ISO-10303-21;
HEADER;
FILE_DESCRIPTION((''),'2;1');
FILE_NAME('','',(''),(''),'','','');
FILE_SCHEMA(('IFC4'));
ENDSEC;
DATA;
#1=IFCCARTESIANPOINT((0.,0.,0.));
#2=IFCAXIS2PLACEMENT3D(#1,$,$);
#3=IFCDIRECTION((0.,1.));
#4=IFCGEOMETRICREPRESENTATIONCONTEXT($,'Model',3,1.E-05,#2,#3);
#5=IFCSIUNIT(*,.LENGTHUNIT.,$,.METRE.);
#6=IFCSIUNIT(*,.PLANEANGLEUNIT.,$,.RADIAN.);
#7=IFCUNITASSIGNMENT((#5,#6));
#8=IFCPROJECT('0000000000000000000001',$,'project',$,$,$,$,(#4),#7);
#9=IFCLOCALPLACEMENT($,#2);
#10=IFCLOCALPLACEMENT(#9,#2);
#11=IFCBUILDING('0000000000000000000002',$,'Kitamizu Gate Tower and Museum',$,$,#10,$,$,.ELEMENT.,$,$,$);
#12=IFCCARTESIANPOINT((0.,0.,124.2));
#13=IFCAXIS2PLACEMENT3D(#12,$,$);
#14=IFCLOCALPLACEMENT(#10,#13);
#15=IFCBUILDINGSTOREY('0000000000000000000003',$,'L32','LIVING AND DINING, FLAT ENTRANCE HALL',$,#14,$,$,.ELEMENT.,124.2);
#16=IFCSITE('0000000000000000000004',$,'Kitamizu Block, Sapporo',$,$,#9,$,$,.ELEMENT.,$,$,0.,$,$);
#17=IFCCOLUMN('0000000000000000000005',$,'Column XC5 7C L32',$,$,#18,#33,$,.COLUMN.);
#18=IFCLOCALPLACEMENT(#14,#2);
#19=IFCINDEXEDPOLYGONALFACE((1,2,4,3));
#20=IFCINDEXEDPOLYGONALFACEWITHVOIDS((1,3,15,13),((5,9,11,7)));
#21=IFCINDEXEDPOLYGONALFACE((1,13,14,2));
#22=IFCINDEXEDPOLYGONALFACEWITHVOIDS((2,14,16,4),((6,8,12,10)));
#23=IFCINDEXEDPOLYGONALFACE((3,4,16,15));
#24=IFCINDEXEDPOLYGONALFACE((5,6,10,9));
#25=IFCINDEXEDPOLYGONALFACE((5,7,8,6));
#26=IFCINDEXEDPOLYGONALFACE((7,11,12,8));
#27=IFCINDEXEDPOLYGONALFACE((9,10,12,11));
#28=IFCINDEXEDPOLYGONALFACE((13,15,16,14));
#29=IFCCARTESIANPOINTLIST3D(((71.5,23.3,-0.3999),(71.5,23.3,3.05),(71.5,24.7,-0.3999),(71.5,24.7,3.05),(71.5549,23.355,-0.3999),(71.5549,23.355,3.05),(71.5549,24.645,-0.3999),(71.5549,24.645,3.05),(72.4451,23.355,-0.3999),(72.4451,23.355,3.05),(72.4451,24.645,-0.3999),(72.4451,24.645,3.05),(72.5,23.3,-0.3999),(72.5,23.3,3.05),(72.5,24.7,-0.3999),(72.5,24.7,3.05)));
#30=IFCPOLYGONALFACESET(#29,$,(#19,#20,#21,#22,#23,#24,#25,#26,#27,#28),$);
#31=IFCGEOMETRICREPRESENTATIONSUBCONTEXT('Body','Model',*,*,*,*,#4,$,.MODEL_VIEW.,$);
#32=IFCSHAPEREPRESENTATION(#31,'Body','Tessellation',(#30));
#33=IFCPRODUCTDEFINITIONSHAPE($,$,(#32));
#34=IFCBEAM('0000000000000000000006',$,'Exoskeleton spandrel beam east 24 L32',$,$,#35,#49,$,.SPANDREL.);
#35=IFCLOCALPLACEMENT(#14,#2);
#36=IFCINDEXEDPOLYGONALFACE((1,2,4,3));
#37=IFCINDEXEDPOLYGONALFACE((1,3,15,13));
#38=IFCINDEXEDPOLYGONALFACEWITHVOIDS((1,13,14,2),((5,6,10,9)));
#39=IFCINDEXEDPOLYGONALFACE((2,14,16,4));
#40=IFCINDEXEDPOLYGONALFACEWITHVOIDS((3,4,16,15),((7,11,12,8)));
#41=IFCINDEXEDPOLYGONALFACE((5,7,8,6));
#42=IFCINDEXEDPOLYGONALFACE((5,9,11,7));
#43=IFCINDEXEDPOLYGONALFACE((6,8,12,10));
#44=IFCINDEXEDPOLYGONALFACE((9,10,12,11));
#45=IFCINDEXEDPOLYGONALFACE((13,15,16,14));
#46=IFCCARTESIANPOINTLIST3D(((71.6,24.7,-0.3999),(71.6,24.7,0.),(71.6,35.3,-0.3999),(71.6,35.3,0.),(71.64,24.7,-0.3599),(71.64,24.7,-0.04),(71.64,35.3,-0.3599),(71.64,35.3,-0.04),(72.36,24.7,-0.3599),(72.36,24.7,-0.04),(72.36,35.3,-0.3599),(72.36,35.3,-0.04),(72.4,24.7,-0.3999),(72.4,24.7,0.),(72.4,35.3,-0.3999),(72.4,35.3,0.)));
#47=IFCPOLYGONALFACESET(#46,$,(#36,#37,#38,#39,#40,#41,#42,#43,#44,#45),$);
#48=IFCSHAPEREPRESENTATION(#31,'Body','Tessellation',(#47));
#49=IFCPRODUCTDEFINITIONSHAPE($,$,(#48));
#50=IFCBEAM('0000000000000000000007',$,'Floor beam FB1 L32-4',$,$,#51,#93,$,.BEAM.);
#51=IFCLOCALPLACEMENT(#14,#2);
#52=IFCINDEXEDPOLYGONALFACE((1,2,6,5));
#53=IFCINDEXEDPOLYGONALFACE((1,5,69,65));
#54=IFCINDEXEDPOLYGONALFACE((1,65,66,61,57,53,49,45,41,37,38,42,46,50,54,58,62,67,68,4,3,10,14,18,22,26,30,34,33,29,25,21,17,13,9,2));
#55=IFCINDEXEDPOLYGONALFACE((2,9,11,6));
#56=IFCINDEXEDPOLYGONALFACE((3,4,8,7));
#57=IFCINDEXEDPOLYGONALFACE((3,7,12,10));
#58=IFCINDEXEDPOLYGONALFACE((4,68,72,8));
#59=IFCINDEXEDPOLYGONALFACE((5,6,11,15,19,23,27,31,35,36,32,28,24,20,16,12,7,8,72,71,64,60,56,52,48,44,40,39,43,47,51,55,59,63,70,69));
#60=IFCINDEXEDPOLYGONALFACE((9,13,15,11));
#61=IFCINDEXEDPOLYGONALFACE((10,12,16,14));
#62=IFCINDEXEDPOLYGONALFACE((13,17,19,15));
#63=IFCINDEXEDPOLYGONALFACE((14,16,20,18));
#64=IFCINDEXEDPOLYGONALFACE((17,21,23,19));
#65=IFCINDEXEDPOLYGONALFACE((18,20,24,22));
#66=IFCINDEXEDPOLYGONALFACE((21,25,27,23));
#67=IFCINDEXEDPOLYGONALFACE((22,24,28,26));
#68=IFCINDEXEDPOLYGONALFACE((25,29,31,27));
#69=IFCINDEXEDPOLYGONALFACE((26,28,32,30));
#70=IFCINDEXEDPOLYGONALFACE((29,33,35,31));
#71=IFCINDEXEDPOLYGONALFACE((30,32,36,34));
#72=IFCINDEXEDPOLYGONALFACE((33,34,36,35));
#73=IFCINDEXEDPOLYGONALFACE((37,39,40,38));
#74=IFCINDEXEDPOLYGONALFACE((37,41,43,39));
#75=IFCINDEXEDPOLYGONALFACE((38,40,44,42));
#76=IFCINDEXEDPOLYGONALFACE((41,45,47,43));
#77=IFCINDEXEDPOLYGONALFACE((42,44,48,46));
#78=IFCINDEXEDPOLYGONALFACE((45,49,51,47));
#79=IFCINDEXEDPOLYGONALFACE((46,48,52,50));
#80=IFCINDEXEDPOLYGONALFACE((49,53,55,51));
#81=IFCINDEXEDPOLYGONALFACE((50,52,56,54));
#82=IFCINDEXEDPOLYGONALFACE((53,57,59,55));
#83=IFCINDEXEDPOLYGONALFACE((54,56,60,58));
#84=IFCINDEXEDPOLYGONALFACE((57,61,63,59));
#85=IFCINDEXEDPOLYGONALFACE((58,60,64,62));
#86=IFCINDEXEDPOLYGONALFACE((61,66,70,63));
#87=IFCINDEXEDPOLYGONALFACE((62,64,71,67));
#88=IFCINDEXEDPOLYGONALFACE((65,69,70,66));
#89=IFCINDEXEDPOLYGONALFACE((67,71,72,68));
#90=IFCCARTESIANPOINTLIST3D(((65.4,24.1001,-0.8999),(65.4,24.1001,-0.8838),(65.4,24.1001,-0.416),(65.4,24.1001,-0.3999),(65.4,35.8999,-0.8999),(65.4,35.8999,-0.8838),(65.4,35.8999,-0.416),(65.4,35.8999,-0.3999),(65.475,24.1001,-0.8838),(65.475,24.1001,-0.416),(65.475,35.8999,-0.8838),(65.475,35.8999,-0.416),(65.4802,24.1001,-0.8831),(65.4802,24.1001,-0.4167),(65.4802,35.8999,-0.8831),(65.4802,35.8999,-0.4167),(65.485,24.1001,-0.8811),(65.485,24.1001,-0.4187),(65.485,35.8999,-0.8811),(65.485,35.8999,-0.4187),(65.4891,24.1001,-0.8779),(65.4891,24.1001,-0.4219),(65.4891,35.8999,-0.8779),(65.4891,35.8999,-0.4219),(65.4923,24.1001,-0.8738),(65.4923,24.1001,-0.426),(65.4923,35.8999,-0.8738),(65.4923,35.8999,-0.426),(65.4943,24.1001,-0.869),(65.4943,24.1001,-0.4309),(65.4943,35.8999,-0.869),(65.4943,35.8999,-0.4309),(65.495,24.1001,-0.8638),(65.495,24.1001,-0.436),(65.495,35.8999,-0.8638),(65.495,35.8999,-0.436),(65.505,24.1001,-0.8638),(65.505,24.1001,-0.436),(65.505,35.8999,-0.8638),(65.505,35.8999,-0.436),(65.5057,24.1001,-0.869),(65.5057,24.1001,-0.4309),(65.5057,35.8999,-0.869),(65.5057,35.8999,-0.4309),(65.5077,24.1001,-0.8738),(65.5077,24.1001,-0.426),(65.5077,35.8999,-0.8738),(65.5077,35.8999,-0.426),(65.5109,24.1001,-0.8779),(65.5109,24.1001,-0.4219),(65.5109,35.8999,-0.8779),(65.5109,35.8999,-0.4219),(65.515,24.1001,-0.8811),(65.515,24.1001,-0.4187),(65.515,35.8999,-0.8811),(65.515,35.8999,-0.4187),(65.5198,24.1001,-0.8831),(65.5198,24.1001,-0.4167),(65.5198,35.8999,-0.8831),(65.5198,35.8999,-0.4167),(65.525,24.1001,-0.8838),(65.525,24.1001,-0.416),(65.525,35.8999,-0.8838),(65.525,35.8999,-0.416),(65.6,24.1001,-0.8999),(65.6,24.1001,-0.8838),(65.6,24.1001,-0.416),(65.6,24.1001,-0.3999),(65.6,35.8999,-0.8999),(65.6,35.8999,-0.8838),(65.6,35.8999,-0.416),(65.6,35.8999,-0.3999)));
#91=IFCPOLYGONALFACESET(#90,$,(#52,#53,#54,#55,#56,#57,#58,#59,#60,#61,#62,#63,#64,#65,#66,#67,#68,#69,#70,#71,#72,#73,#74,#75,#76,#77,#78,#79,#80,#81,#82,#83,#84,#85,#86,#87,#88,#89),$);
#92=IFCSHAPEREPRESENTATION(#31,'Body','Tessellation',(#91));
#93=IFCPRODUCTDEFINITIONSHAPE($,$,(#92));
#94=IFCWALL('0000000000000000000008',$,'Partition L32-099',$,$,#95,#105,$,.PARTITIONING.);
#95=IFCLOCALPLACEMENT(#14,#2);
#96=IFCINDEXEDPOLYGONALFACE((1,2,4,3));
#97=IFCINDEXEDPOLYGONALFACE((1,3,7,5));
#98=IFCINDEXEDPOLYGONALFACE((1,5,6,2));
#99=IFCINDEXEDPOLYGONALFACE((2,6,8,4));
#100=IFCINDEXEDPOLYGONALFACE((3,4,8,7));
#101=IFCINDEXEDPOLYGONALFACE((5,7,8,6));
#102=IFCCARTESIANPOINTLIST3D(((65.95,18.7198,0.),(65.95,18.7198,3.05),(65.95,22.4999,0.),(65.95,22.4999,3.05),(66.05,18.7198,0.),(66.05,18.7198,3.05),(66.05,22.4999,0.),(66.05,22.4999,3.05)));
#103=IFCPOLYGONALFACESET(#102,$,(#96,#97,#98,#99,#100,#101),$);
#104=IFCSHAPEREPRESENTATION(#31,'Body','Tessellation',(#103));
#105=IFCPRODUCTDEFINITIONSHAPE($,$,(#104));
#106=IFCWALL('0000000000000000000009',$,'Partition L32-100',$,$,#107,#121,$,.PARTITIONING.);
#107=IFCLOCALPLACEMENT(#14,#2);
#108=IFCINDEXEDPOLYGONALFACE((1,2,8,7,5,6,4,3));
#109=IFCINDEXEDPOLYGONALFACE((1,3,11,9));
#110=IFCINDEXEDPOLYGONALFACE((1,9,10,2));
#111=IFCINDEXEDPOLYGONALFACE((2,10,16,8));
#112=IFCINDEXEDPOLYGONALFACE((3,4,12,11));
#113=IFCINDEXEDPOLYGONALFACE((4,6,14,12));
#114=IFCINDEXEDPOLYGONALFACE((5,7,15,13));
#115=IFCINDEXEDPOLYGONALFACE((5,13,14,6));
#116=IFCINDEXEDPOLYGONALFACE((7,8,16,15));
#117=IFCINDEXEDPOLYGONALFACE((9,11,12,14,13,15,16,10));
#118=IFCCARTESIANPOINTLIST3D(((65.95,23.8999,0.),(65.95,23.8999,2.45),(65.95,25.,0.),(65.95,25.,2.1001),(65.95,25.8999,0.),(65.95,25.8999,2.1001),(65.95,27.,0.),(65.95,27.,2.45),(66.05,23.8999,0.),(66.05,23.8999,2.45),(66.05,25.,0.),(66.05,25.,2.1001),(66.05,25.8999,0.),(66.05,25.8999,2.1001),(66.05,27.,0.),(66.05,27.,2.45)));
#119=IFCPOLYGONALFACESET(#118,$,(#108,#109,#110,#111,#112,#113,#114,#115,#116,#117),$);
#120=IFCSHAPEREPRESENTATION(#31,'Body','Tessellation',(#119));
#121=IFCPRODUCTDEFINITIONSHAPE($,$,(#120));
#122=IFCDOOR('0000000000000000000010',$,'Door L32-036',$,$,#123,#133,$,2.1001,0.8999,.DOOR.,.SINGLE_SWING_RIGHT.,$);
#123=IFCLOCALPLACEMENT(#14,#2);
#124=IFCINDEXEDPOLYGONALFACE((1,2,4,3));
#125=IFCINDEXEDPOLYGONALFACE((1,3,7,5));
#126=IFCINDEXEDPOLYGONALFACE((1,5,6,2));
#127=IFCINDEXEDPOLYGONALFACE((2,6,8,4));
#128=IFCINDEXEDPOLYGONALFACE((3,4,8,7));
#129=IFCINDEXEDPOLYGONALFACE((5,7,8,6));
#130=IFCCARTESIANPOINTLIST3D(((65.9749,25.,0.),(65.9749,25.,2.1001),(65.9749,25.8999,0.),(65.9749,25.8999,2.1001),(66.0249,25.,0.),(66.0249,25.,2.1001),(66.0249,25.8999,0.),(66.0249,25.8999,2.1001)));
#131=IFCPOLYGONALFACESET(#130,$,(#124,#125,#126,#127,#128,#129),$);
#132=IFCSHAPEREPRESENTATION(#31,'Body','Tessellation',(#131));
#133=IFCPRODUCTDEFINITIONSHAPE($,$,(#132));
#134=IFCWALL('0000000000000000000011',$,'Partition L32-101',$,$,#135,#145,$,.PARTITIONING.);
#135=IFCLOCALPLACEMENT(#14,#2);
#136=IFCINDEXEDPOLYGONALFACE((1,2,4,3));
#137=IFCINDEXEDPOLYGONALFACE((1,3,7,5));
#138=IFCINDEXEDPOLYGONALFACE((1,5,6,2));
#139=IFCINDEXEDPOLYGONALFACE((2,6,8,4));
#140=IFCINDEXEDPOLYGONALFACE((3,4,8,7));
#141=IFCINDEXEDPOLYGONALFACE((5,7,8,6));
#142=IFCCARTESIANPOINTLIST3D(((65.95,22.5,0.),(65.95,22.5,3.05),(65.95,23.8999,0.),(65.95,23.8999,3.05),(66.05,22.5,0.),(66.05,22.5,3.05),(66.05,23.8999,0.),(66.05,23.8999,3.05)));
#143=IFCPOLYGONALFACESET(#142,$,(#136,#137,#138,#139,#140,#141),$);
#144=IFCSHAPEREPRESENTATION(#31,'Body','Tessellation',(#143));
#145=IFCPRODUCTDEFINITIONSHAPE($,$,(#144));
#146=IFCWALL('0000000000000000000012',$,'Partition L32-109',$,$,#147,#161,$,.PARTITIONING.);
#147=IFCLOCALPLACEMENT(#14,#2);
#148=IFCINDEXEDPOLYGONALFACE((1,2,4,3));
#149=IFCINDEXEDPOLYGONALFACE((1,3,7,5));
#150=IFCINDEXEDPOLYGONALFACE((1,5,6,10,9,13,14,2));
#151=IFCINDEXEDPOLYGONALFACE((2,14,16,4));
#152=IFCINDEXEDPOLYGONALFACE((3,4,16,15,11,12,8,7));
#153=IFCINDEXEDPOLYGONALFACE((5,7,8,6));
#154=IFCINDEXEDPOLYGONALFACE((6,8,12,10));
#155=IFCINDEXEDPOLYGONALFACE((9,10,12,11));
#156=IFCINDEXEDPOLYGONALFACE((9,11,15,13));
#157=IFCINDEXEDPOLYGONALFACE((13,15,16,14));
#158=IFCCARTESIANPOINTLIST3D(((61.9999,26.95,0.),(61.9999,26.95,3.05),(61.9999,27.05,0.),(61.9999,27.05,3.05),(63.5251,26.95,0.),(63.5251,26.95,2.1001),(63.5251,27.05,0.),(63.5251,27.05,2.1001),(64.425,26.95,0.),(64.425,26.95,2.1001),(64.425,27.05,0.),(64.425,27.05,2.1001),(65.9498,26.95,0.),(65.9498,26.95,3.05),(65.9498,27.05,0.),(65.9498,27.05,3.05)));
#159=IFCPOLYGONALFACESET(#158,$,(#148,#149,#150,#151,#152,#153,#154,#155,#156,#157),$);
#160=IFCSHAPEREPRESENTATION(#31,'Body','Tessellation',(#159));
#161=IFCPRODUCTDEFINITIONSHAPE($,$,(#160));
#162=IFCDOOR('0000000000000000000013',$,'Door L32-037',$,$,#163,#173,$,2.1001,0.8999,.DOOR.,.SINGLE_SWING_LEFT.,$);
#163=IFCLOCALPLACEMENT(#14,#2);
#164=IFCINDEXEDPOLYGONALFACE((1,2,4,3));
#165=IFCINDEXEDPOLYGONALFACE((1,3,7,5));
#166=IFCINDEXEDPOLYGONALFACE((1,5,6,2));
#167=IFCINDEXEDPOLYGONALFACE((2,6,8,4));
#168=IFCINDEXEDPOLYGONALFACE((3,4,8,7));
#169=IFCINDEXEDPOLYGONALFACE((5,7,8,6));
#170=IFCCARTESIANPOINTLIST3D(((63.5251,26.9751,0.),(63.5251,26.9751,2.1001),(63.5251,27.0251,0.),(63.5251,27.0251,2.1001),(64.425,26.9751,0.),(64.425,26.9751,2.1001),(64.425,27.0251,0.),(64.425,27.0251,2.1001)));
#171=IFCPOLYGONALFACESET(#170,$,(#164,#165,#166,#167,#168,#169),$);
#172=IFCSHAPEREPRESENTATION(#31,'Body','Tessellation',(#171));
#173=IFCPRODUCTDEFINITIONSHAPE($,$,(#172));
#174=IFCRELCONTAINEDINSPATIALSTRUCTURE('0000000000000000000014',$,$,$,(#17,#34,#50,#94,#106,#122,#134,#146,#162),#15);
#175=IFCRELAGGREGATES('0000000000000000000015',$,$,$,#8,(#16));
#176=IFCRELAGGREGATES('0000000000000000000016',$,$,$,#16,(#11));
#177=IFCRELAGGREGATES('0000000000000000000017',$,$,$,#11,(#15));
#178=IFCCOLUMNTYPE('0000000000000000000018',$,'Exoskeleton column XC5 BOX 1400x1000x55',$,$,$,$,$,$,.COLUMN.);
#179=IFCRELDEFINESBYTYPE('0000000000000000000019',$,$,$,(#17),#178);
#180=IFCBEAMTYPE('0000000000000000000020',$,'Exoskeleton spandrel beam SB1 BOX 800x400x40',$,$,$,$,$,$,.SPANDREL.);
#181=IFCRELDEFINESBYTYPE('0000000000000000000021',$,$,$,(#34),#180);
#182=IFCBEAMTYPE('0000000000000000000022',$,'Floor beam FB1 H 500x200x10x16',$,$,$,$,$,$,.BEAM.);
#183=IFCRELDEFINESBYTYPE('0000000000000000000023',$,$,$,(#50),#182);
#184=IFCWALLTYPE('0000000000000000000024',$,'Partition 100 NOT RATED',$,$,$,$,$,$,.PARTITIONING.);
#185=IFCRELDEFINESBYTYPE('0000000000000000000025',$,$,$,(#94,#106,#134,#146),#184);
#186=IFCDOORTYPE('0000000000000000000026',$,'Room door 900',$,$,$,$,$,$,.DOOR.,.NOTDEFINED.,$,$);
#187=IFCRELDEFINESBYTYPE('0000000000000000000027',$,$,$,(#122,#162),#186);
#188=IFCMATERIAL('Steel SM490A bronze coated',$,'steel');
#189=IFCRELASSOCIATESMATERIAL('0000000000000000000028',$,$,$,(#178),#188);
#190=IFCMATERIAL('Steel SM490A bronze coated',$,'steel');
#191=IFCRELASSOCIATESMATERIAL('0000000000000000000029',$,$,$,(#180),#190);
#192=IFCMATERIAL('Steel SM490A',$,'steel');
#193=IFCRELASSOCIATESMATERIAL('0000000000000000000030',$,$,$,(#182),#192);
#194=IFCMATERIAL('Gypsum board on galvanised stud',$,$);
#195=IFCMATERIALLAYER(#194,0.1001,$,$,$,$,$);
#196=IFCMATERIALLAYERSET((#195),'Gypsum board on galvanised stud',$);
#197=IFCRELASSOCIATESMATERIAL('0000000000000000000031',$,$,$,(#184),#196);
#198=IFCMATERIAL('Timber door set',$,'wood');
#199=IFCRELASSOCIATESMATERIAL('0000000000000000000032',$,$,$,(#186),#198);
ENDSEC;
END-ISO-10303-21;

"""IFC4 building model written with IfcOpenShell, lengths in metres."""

from ifc_helpers import new_model, si_unit, direction, frame, frame_2d, origin, origin_2d, place, context, subcontext, project, spatial, rectangle, hollow_rectangle, i_section, extrude, material, layer, layer_set, material_profile, profile_set, type_object, element, fill, save


model = new_model("IFC4")

# Units and contexts
model_context = context("Model", 3, precision=1e-05, world=origin(), true_north=direction((0.0, 1.0)))
body_context = subcontext(model_context, "Body", "Model", "MODEL_VIEW")
ifc_project = project(units=[si_unit("LENGTHUNIT", "METRE"), si_unit("PLANEANGLEUNIT", "RADIAN")], contexts=[model_context])

# Site, building, storey
site_placement = place(None, origin())
site = spatial("IfcSite", under=ifc_project, at=site_placement, Name="Kitamizu Block, Sapporo", CompositionType="ELEMENT", RefElevation=0.0)
building_placement = place(site_placement, origin())
building = spatial("IfcBuilding", under=site, at=building_placement, Name="Kitamizu Gate Tower and Museum", CompositionType="ELEMENT")
storey_placement = place(building_placement, frame((0.0, 0.0, 124.2)))
storey = spatial("IfcBuildingStorey", under=building, at=storey_placement, Name="L32", Description="LIVING AND DINING, FLAT ENTRANCE HALL", CompositionType="ELEMENT", Elevation=124.2)

# Column
ifc_material_1 = material(Name="Steel SM490A bronze coated", Category="steel")
ifc_material_profile_1 = material_profile(ifc_material_1, hollow_rectangle(XDim=1.3999, YDim=1.0, WallThickness=0.0549, at=origin_2d()), Name="BOX 1400x1000x55")
ifc_profile_set_1 = profile_set([ifc_material_profile_1], Name="Steel SM490A bronze coated")
column_type = type_object("IfcColumnType", Name="Exoskeleton column XC5 BOX 1400x1000x55", PredefinedType="COLUMN", material=ifc_profile_set_1)
column_placement = place(storey_placement, frame((72.0, 24.0, -0.3999), z_axis=(0.0, 0.0, 1.0), x_axis=(0.0, 1.0, 0.0)))
element("IfcColumn", 1, at=column_placement, inside=storey, type_object=column_type, Name="Column XC5 7C L32", PredefinedType="COLUMN", context=body_context, shape_type="SweptSolid", body=[
    extrude(hollow_rectangle(XDim=1.3999, YDim=1.0, WallThickness=0.0549, at=origin_2d()), origin(), (0.0, 0.0, 1.0), 3.45),
])

# Beams
ifc_material_2 = material(Name="Steel SM490A bronze coated", Category="steel")
ifc_material_profile_2 = material_profile(ifc_material_2, hollow_rectangle(XDim=0.8, YDim=0.3999, WallThickness=0.04, at=origin_2d()), Name="BOX 800x400x40")
ifc_profile_set_2 = profile_set([ifc_material_profile_2], Name="Steel SM490A bronze coated")
beam_type_1 = type_object("IfcBeamType", Name="Exoskeleton spandrel beam SB1 BOX 800x400x40", PredefinedType="SPANDREL", material=ifc_profile_set_2)
beam_1_placement = place(storey_placement, frame((72.0, 24.7, -0.2), z_axis=(0.0, 1.0, 0.0), x_axis=(-1.0, 0.0, 0.0)))
element("IfcBeam", 2, at=beam_1_placement, inside=storey, type_object=beam_type_1, Name="Exoskeleton spandrel beam east 24 L32", PredefinedType="SPANDREL", context=body_context, shape_type="SweptSolid", body=[
    extrude(hollow_rectangle(XDim=0.8, YDim=0.3999, WallThickness=0.04, at=origin_2d()), origin(), (0.0, 0.0, 1.0), 10.6001),
])
ifc_material_3 = material(Name="Steel SM490A", Category="steel")
ifc_material_profile_3 = material_profile(ifc_material_3, i_section(OverallWidth=0.2, OverallDepth=0.5, WebThickness=0.01, FlangeThickness=0.0161, FilletRadius=0.02, at=origin_2d()), Name="H-500x200x10x16")
ifc_profile_set_3 = profile_set([ifc_material_profile_3], Name="Steel SM490A")
beam_type_2 = type_object("IfcBeamType", Name="Floor beam FB1 H 500x200x10x16", PredefinedType="BEAM", material=ifc_profile_set_3)
beam_2_placement = place(storey_placement, frame((65.5, 24.1001, -0.6499), z_axis=(0.0, 1.0, 0.0), x_axis=(-1.0, 0.0, 0.0)))
element("IfcBeam", 3, at=beam_2_placement, inside=storey, type_object=beam_type_2, Name="Floor beam FB1 L32-4", PredefinedType="BEAM", context=body_context, shape_type="SweptSolid", body=[
    extrude(i_section(OverallWidth=0.2, OverallDepth=0.5, WebThickness=0.01, FlangeThickness=0.0161, FilletRadius=0.02, at=origin_2d()), origin(), (0.0, 0.0, 1.0), 11.7998),
])

# Wall
ifc_material_4 = material(Name="Gypsum board on galvanised stud")
ifc_layer_1 = layer(ifc_material_4, 0.1001)
ifc_layer_set_1 = layer_set([ifc_layer_1], Name="Gypsum board on galvanised stud")
wall_type_1 = type_object("IfcWallType", Name="Partition 100 NOT RATED", PredefinedType="PARTITIONING", material=ifc_layer_set_1)
wall_1_placement = place(storey_placement, frame((66.0, 22.5, 0.0), z_axis=(0.0, 0.0, 1.0), x_axis=(0.0, -1.0, 0.0)))
element("IfcWall", 4, at=wall_1_placement, inside=storey, type_object=wall_type_1, Name="Partition L32-099", PredefinedType="PARTITIONING", context=body_context, shape_type="SweptSolid", body=[
    extrude(rectangle(XDim=3.78, YDim=0.1001, at=frame_2d((1.8901, 0.0))), origin(), (0.0, 0.0, 1.0), 3.05),
])

# Wall, opening, door
wall_2_placement = place(storey_placement, frame((66.0, 27.0, 0.0), z_axis=(0.0, 0.0, 1.0), x_axis=(0.0, -1.0, 0.0)))
wall_2 = element("IfcWall", 5, at=wall_2_placement, inside=storey, type_object=wall_type_1, Name="Partition L32-100", PredefinedType="PARTITIONING", context=body_context, shape_type="SweptSolid", body=[
    extrude(rectangle(XDim=3.1001, YDim=0.1001, at=frame_2d((1.55, 0.0))), origin(), (0.0, 0.0, 1.0), 2.45),
])
opening_1_placement = place(wall_2_placement, frame((1.1001, 0.0, 0.0)))
opening_1 = element("IfcOpeningElement", 6, at=opening_1_placement, cuts=wall_2, PredefinedType="OPENING", context=body_context, shape_type="SweptSolid", body=[
    extrude(rectangle(XDim=0.8999, YDim=2.1001, at=frame_2d((0.45, 1.05))), frame((0.0, 0.0601, 0.0), z_axis=(0.0, -1.0, 0.0), x_axis=(1.0, 0.0, 0.0)), (0.0, 0.0, 1.0), 0.1201),
])
ifc_material_5 = material(Name="Timber door set", Category="wood")
door_type_1 = type_object("IfcDoorType", Name="Room door 900", OperationType="NOTDEFINED", PredefinedType="DOOR", material=ifc_material_5)
door_1_placement = place(opening_1_placement, origin())
door_1 = element("IfcDoor", 7, at=door_1_placement, inside=storey, type_object=door_type_1, Name="Door L32-036", OperationType="SINGLE_SWING_RIGHT", OverallHeight=2.1001, OverallWidth=0.8999, PredefinedType="DOOR", context=body_context, shape_type="SweptSolid", body=[
    extrude(rectangle(XDim=0.8999, YDim=2.1001, at=frame_2d((0.45, 1.05))), frame((0.0, 0.0249, 0.0), z_axis=(0.0, -1.0, 0.0), x_axis=(1.0, 0.0, 0.0)), (0.0, 0.0, 1.0), 0.05),
])
fill(opening_1, door_1)

# Wall
wall_3_placement = place(storey_placement, frame((66.0, 23.8999, 0.0), z_axis=(0.0, 0.0, 1.0), x_axis=(0.0, -1.0, 0.0)))
element("IfcWall", 8, at=wall_3_placement, inside=storey, type_object=wall_type_1, Name="Partition L32-101", PredefinedType="PARTITIONING", context=body_context, shape_type="SweptSolid", body=[
    extrude(rectangle(XDim=1.3999, YDim=0.1001, at=frame_2d((0.7, 0.0))), origin(), (0.0, 0.0, 1.0), 3.05),
])

# Wall, opening, door
wall_4_placement = place(storey_placement, frame((65.95, 27.0, 0.0), z_axis=(0.0, 0.0, 1.0), x_axis=(-1.0, 0.0, 0.0)))
wall_4 = element("IfcWall", 9, at=wall_4_placement, inside=storey, type_object=wall_type_1, Name="Partition L32-109", PredefinedType="PARTITIONING", context=body_context, shape_type="SweptSolid", body=[
    extrude(rectangle(XDim=3.95, YDim=0.1001, at=frame_2d((1.9751, 0.0))), origin(), (0.0, 0.0, 1.0), 3.05),
])
opening_2_placement = place(wall_4_placement, frame((1.5249, 0.0, 0.0)))
opening_2 = element("IfcOpeningElement", 10, at=opening_2_placement, cuts=wall_4, PredefinedType="OPENING", context=body_context, shape_type="SweptSolid", body=[
    extrude(rectangle(XDim=0.8999, YDim=2.1001, at=frame_2d((0.45, 1.05))), frame((0.0, 0.0601, 0.0), z_axis=(0.0, -1.0, 0.0), x_axis=(1.0, 0.0, 0.0)), (0.0, 0.0, 1.0), 0.1201),
])
door_2_placement = place(opening_2_placement, origin())
door_2 = element("IfcDoor", 11, at=door_2_placement, inside=storey, type_object=door_type_1, Name="Door L32-037", OperationType="SINGLE_SWING_LEFT", OverallHeight=2.1001, OverallWidth=0.8999, PredefinedType="DOOR", context=body_context, shape_type="SweptSolid", body=[
    extrude(rectangle(XDim=0.8999, YDim=2.1001, at=frame_2d((0.45, 1.05))), frame((0.0, 0.0249, 0.0), z_axis=(0.0, -1.0, 0.0), x_axis=(1.0, 0.0, 0.0)), (0.0, 0.0, 1.0), 0.05),
])
fill(opening_2, door_2)

save(model, "model.ifc")
